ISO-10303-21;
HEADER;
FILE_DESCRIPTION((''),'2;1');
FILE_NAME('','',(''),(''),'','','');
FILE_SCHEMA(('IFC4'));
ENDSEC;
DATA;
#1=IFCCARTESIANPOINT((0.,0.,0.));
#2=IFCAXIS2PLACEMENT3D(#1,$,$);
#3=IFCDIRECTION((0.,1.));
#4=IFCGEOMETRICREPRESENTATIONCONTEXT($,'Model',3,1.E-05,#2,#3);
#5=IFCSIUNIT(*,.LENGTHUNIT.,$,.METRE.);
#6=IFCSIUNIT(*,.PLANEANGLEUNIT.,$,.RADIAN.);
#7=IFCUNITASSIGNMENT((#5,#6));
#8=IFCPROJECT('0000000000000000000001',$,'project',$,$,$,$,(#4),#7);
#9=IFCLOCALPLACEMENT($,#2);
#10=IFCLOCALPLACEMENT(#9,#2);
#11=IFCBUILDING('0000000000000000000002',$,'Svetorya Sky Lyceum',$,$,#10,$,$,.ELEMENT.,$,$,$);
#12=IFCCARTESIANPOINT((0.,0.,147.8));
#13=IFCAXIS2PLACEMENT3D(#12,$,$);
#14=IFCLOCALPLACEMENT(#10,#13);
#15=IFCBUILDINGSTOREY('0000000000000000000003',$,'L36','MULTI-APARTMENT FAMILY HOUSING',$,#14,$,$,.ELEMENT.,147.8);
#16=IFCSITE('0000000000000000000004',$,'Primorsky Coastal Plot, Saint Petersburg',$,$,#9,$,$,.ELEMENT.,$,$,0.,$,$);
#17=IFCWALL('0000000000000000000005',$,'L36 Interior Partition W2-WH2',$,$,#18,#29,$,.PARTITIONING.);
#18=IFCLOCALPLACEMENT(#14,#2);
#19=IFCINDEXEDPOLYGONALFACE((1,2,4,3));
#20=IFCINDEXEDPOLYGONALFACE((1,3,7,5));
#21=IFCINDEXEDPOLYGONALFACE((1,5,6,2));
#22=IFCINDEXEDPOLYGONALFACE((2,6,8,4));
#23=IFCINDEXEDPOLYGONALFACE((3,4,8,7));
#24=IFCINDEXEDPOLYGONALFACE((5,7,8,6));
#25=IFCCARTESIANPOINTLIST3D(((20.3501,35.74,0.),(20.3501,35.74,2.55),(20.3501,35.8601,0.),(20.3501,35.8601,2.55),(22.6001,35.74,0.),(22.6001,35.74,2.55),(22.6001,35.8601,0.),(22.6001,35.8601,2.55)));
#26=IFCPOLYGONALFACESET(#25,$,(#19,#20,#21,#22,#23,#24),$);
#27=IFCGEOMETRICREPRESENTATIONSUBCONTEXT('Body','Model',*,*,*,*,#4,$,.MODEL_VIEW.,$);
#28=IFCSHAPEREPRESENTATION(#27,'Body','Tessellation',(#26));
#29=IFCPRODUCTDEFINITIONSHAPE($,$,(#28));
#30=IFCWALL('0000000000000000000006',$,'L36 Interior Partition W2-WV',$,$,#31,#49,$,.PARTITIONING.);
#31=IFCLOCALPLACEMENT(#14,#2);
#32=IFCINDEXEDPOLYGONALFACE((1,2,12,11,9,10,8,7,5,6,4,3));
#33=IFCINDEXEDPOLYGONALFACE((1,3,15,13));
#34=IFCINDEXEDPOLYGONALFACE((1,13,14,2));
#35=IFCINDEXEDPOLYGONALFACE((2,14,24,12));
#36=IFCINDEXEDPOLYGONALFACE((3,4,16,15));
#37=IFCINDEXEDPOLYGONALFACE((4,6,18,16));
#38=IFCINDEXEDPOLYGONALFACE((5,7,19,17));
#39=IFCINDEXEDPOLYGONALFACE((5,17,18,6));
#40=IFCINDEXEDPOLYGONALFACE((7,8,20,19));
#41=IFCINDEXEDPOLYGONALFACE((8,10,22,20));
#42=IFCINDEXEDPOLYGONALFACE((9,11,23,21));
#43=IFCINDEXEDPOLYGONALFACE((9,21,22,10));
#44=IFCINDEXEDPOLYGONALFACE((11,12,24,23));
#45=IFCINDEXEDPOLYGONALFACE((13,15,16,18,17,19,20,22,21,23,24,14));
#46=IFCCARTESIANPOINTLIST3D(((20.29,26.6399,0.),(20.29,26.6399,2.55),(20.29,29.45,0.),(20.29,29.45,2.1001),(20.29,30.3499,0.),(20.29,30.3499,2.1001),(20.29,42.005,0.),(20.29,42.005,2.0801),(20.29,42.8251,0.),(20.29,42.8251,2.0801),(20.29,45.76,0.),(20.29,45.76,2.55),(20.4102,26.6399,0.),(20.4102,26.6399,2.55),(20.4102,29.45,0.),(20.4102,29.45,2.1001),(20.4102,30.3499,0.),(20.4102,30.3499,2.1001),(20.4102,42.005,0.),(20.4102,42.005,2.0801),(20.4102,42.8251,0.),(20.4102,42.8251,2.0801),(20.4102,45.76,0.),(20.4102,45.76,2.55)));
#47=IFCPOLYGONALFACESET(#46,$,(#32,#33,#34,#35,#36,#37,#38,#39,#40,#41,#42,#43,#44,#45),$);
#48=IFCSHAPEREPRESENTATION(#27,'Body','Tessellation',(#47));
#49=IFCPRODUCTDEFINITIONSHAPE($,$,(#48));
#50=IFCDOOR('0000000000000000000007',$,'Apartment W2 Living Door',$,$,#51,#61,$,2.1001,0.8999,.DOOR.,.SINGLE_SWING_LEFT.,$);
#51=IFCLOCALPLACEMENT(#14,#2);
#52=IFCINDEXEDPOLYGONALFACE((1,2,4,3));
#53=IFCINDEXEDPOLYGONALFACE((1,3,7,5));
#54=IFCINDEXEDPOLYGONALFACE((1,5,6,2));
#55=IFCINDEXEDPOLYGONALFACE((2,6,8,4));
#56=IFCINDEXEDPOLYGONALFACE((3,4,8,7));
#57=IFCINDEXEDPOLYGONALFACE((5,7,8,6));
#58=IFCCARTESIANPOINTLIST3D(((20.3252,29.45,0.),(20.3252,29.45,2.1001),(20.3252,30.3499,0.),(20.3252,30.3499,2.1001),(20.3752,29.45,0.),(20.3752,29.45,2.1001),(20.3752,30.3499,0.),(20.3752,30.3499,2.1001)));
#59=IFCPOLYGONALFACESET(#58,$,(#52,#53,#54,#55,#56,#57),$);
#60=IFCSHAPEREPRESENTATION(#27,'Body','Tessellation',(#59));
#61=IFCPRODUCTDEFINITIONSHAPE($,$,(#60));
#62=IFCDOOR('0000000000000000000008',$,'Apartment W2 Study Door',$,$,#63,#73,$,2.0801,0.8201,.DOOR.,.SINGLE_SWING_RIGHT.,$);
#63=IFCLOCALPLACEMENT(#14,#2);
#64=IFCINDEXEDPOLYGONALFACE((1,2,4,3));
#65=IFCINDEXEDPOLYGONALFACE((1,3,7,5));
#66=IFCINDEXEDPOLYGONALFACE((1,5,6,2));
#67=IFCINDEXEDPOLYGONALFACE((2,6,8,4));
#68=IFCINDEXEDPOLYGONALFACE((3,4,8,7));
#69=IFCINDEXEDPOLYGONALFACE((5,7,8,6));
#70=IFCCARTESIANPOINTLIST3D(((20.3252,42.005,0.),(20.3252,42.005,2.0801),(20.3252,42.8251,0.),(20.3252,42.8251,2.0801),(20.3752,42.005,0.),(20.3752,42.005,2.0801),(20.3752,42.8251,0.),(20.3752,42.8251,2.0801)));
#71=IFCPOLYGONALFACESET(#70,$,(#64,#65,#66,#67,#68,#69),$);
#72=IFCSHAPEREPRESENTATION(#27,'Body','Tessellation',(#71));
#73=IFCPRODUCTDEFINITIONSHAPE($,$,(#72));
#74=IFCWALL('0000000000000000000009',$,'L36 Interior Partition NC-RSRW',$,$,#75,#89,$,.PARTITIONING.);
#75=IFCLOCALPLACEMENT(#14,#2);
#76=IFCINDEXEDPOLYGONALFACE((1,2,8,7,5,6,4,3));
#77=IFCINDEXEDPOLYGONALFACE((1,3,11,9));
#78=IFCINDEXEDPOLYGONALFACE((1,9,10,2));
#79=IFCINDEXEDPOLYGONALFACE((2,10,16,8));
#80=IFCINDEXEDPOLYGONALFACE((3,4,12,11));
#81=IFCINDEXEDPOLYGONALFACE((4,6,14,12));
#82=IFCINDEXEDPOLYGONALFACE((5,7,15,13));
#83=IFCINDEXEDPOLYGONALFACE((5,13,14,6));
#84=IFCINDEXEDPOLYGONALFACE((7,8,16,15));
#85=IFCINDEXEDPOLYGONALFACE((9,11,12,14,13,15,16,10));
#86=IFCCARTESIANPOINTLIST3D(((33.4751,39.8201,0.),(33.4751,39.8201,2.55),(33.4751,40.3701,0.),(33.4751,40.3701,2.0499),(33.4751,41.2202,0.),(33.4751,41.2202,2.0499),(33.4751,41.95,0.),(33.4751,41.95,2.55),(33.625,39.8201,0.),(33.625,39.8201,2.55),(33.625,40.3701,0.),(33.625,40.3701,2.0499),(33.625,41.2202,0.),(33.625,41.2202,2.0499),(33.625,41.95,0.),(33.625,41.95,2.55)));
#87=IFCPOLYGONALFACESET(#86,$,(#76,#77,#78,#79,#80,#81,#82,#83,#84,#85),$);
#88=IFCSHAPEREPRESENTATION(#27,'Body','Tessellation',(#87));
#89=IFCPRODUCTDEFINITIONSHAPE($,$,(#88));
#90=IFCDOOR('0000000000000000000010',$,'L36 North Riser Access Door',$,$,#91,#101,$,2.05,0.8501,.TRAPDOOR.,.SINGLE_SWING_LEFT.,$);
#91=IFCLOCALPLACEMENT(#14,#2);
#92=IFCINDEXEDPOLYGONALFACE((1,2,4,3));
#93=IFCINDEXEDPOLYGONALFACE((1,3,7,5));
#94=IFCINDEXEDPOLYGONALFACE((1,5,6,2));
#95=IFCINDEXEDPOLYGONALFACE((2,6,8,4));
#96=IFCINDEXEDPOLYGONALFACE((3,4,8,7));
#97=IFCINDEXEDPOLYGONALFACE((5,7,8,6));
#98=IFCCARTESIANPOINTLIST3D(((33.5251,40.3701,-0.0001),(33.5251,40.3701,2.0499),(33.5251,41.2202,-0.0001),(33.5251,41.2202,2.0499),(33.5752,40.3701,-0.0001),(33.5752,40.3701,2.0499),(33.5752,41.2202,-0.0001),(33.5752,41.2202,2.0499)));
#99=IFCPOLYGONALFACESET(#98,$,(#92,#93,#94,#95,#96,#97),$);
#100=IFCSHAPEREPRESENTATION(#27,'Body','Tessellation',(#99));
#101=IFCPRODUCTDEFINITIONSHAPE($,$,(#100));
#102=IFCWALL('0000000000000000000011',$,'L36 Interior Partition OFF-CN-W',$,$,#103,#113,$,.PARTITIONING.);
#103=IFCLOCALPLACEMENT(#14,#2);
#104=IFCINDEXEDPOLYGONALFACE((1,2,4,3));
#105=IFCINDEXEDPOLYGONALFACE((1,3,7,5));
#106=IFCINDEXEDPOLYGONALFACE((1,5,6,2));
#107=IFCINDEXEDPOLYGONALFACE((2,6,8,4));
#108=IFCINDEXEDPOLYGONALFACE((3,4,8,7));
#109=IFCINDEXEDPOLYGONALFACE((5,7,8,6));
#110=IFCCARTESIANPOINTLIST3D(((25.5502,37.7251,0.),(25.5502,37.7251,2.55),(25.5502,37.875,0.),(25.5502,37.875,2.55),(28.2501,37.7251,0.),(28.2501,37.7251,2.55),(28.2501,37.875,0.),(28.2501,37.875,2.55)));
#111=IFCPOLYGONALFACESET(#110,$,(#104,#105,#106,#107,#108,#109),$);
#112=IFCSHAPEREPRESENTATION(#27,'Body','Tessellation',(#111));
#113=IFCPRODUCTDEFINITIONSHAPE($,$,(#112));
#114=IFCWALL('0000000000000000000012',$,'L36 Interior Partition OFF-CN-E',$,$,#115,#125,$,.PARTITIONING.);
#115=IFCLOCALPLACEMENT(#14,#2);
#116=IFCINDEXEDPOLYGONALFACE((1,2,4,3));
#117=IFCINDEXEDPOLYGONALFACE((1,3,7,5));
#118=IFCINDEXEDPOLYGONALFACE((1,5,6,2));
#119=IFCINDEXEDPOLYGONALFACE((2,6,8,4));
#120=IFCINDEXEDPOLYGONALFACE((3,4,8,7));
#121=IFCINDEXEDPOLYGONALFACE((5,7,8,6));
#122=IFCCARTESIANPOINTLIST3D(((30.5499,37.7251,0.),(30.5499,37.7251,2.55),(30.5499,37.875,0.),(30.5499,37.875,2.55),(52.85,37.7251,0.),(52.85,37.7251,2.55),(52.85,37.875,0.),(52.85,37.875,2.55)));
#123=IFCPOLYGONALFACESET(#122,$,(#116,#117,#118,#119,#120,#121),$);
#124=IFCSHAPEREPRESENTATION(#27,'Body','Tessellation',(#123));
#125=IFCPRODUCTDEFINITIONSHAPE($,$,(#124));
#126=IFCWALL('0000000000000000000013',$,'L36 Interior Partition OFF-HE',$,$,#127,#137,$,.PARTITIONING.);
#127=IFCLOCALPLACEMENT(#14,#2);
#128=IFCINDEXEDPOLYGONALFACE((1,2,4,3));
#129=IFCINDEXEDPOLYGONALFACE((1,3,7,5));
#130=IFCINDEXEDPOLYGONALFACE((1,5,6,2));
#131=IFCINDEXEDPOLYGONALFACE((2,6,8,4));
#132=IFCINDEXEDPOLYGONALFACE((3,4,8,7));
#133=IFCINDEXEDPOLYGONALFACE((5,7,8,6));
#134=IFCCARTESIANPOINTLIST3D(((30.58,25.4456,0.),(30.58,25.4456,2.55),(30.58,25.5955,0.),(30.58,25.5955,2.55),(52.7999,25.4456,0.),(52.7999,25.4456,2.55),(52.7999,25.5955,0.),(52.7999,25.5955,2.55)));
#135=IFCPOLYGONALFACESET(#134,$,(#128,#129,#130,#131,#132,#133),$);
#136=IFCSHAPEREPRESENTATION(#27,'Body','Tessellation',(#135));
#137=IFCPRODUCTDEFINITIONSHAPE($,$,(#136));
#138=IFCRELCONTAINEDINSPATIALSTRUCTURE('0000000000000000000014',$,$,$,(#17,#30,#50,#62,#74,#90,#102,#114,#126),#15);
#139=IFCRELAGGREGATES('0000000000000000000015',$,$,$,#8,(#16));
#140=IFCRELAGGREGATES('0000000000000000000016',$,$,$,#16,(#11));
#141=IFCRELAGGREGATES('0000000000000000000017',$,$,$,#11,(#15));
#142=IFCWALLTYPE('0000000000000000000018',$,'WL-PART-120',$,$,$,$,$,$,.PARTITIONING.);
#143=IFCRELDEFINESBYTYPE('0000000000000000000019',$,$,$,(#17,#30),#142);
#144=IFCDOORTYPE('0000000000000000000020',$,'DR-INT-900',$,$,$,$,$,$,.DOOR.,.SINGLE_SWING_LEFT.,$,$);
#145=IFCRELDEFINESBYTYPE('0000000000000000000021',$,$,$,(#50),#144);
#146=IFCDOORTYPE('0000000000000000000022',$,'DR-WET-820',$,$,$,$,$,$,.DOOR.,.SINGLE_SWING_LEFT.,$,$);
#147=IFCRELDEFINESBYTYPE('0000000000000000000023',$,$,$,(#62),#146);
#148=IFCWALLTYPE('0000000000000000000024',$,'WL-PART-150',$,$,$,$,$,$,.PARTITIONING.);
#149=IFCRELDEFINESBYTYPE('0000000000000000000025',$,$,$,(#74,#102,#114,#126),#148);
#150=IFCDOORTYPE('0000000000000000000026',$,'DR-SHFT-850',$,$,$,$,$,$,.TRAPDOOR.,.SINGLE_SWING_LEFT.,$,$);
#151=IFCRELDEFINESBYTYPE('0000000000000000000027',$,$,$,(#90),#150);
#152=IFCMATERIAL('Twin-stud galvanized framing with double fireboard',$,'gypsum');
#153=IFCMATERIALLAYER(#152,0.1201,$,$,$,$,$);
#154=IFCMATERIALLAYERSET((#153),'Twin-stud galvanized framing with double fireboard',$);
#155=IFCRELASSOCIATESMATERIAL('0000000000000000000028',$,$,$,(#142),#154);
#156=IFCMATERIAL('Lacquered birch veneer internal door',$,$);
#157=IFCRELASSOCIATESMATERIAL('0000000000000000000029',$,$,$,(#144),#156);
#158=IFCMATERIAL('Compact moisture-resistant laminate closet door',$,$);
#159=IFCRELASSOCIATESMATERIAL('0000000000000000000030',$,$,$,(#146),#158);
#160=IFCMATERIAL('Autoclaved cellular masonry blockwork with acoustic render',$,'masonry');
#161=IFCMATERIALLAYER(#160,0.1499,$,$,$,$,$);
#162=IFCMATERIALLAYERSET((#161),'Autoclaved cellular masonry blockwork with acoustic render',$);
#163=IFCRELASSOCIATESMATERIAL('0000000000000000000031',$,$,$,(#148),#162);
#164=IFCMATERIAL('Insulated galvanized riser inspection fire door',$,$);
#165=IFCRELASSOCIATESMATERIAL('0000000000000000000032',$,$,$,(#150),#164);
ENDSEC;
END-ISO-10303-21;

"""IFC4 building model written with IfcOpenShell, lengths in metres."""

from ifc_helpers import new_model, si_unit, direction, frame, frame_2d, origin, place, context, subcontext, project, spatial, rectangle, extrude, material, layer, layer_set, type_object, element, fill, save


model = new_model("IFC4")

# Units and contexts
model_context = context("Model", 3, precision=1e-05, world=origin(), true_north=direction((0.0, 1.0)))
body_context = subcontext(model_context, "Body", "Model", "MODEL_VIEW")
ifc_project = project(units=[si_unit("LENGTHUNIT", "METRE"), si_unit("PLANEANGLEUNIT", "RADIAN")], contexts=[model_context])

# Site, building, storey
site_placement = place(None, origin())
site = spatial("IfcSite", under=ifc_project, at=site_placement, Name="Primorsky Coastal Plot, Saint Petersburg", CompositionType="ELEMENT", RefElevation=0.0)
building_placement = place(site_placement, origin())
building = spatial("IfcBuilding", under=site, at=building_placement, Name="Svetorya Sky Lyceum", CompositionType="ELEMENT")
storey_placement = place(building_placement, frame((0.0, 0.0, 147.8)))
storey = spatial("IfcBuildingStorey", under=building, at=storey_placement, Name="L36", Description="MULTI-APARTMENT FAMILY HOUSING", CompositionType="ELEMENT", Elevation=147.8)

# Shared definitions
ifc_material_1 = material(Name="Twin-stud galvanized framing with double fireboard", Category="gypsum")
ifc_layer_1 = layer(ifc_material_1, 0.1201)
ifc_layer_set_1 = layer_set([ifc_layer_1], Name="Twin-stud galvanized framing with double fireboard")
wall_type_1 = type_object("IfcWallType", Name="WL-PART-120", PredefinedType="PARTITIONING", material=ifc_layer_set_1)

# Wall
wall_1_placement = place(storey_placement, frame((20.3501, 35.8, 0.0), z_axis=(0.0, 0.0, 1.0), x_axis=(1.0, 0.0, 0.0)))
element("IfcWall", 1, at=wall_1_placement, inside=storey, type_object=wall_type_1, Name="L36 Interior Partition W2-WH2", PredefinedType="PARTITIONING", context=body_context, shape_type="SweptSolid", body=[
    extrude(rectangle(XDim=2.25, YDim=0.1201, at=frame_2d((1.125, 0.0))), origin(), (0.0, 0.0, 1.0), 2.55),
])

# Wall, openings, doors
wall_2_placement = place(storey_placement, frame((20.3501, 26.6399, 0.0), z_axis=(0.0, 0.0, 1.0), x_axis=(0.0, 1.0, 0.0)))
wall_2 = element("IfcWall", 2, at=wall_2_placement, inside=storey, type_object=wall_type_1, Name="L36 Interior Partition W2-WV", PredefinedType="PARTITIONING", context=body_context, shape_type="SweptSolid", body=[
    extrude(rectangle(XDim=19.1201, YDim=0.1201, at=frame_2d((9.5601, 0.0))), origin(), (0.0, 0.0, 1.0), 2.55),
])
opening_1_placement = place(wall_2_placement, frame((2.8101, 0.0, 0.0)))
opening_1 = element("IfcOpeningElement", 3, at=opening_1_placement, cuts=wall_2, PredefinedType="OPENING", context=body_context, shape_type="SweptSolid", body=[
    extrude(rectangle(XDim=0.8999, YDim=2.1001, at=frame_2d((0.45, 1.05))), frame((0.0, 0.0701, 0.0), z_axis=(0.0, -1.0, 0.0), x_axis=(1.0, 0.0, 0.0)), (0.0, 0.0, 1.0), 0.1401),
])
opening_2_placement = place(wall_2_placement, frame((15.365, 0.0, 0.0)))
opening_2 = element("IfcOpeningElement", 4, at=opening_2_placement, cuts=wall_2, PredefinedType="OPENING", context=body_context, shape_type="SweptSolid", body=[
    extrude(rectangle(XDim=0.8201, YDim=2.0801, at=frame_2d((0.4102, 1.04))), frame((0.0, 0.0701, 0.0), z_axis=(0.0, -1.0, 0.0), x_axis=(1.0, 0.0, 0.0)), (0.0, 0.0, 1.0), 0.1401),
])
ifc_material_2 = material(Name="Lacquered birch veneer internal door")
door_type_1 = type_object("IfcDoorType", Name="DR-INT-900", OperationType="SINGLE_SWING_LEFT", PredefinedType="DOOR", material=ifc_material_2)
door_1_placement = place(opening_1_placement, origin())
door_1 = element("IfcDoor", 5, at=door_1_placement, inside=storey, type_object=door_type_1, Name="Apartment W2 Living Door", OperationType="SINGLE_SWING_LEFT", OverallHeight=2.1001, OverallWidth=0.8999, PredefinedType="DOOR", context=body_context, shape_type="SweptSolid", body=[
    extrude(rectangle(XDim=0.8999, YDim=2.1001, at=frame_2d((0.45, 1.05))), frame((0.0, 0.0249, 0.0), z_axis=(0.0, -1.0, 0.0), x_axis=(1.0, 0.0, 0.0)), (0.0, 0.0, 1.0), 0.05),
])
fill(opening_1, door_1)
ifc_material_3 = material(Name="Compact moisture-resistant laminate closet door")
door_type_2 = type_object("IfcDoorType", Name="DR-WET-820", OperationType="SINGLE_SWING_LEFT", PredefinedType="DOOR", material=ifc_material_3)
door_2_placement = place(opening_2_placement, origin())
door_2 = element("IfcDoor", 6, at=door_2_placement, inside=storey, type_object=door_type_2, Name="Apartment W2 Study Door", OperationType="SINGLE_SWING_RIGHT", OverallHeight=2.0801, OverallWidth=0.8201, PredefinedType="DOOR", context=body_context, shape_type="SweptSolid", body=[
    extrude(rectangle(XDim=0.8201, YDim=2.0801, at=frame_2d((0.4102, 1.04))), frame((0.0, 0.0249, 0.0), z_axis=(0.0, -1.0, 0.0), x_axis=(1.0, 0.0, 0.0)), (0.0, 0.0, 1.0), 0.05),
])
fill(opening_2, door_2)

# Wall, opening, door
ifc_material_4 = material(Name="Autoclaved cellular masonry blockwork with acoustic render", Category="masonry")
ifc_layer_2 = layer(ifc_material_4, 0.1499)
ifc_layer_set_2 = layer_set([ifc_layer_2], Name="Autoclaved cellular masonry blockwork with acoustic render")
wall_type_2 = type_object("IfcWallType", Name="WL-PART-150", PredefinedType="PARTITIONING", material=ifc_layer_set_2)
wall_3_placement = place(storey_placement, frame((33.55, 39.8201, 0.0), z_axis=(0.0, 0.0, 1.0), x_axis=(0.0, 1.0, 0.0)))
wall_3 = element("IfcWall", 7, at=wall_3_placement, inside=storey, type_object=wall_type_2, Name="L36 Interior Partition NC-RSRW", PredefinedType="PARTITIONING", context=body_context, shape_type="SweptSolid", body=[
    extrude(rectangle(XDim=2.1299, YDim=0.1499, at=frame_2d((1.0649, 0.0))), origin(), (0.0, 0.0, 1.0), 2.55),
])
opening_3_placement = place(wall_3_placement, frame((0.55, 0.0, 0.0)))
opening_3 = element("IfcOpeningElement", 8, at=opening_3_placement, cuts=wall_3, PredefinedType="OPENING", context=body_context, shape_type="SweptSolid", body=[
    extrude(rectangle(XDim=0.8501, YDim=2.05, at=frame_2d((0.425, 1.0249))), frame((0.0, 0.085, 0.0), z_axis=(0.0, -1.0, 0.0), x_axis=(1.0, 0.0, 0.0)), (0.0, 0.0, 1.0), 0.1699),
])
ifc_material_5 = material(Name="Insulated galvanized riser inspection fire door")
door_type_3 = type_object("IfcDoorType", Name="DR-SHFT-850", OperationType="SINGLE_SWING_LEFT", PredefinedType="TRAPDOOR", material=ifc_material_5)
door_3_placement = place(opening_3_placement, origin())
door_3 = element("IfcDoor", 9, at=door_3_placement, inside=storey, type_object=door_type_3, Name="L36 North Riser Access Door", OperationType="SINGLE_SWING_LEFT", OverallHeight=2.05, OverallWidth=0.8501, PredefinedType="TRAPDOOR", context=body_context, shape_type="SweptSolid", body=[
    extrude(rectangle(XDim=0.8501, YDim=2.05, at=frame_2d((0.425, 1.0249))), frame((0.0, 0.0249, 0.0), z_axis=(0.0, -1.0, 0.0), x_axis=(1.0, 0.0, 0.0)), (0.0, 0.0, 1.0), 0.05),
])
fill(opening_3, door_3)

# Walls
wall_4_placement = place(storey_placement, frame((25.55, 37.8, 0.0), z_axis=(0.0, 0.0, 1.0), x_axis=(1.0, 0.0, 0.0)))
element("IfcWall", 10, at=wall_4_placement, inside=storey, type_object=wall_type_2, Name="L36 Interior Partition OFF-CN-W", PredefinedType="PARTITIONING", context=body_context, shape_type="SweptSolid", body=[
    extrude(rectangle(XDim=2.7, YDim=0.1499, at=frame_2d((1.3501, 0.0))), origin(), (0.0, 0.0, 1.0), 2.55),
])
wall_5_placement = place(storey_placement, frame((30.55, 37.8, 0.0), z_axis=(0.0, 0.0, 1.0), x_axis=(1.0, 0.0, 0.0)))
element("IfcWall", 11, at=wall_5_placement, inside=storey, type_object=wall_type_2, Name="L36 Interior Partition OFF-CN-E", PredefinedType="PARTITIONING", context=body_context, shape_type="SweptSolid", body=[
    extrude(rectangle(XDim=22.3, YDim=0.1499, at=frame_2d((11.1499, 0.0))), origin(), (0.0, 0.0, 1.0), 2.55),
])
wall_6_placement = place(storey_placement, frame((30.5801, 25.5205, 0.0), z_axis=(0.0, 0.0, 1.0), x_axis=(1.0, 0.0, 0.0)))
element("IfcWall", 12, at=wall_6_placement, inside=storey, type_object=wall_type_2, Name="L36 Interior Partition OFF-HE", PredefinedType="PARTITIONING", context=body_context, shape_type="SweptSolid", body=[
    extrude(rectangle(XDim=22.22, YDim=0.1499, at=frame_2d((11.1099, 0.0))), origin(), (0.0, 0.0, 1.0), 2.55),
])

save(model, "model.ifc")
